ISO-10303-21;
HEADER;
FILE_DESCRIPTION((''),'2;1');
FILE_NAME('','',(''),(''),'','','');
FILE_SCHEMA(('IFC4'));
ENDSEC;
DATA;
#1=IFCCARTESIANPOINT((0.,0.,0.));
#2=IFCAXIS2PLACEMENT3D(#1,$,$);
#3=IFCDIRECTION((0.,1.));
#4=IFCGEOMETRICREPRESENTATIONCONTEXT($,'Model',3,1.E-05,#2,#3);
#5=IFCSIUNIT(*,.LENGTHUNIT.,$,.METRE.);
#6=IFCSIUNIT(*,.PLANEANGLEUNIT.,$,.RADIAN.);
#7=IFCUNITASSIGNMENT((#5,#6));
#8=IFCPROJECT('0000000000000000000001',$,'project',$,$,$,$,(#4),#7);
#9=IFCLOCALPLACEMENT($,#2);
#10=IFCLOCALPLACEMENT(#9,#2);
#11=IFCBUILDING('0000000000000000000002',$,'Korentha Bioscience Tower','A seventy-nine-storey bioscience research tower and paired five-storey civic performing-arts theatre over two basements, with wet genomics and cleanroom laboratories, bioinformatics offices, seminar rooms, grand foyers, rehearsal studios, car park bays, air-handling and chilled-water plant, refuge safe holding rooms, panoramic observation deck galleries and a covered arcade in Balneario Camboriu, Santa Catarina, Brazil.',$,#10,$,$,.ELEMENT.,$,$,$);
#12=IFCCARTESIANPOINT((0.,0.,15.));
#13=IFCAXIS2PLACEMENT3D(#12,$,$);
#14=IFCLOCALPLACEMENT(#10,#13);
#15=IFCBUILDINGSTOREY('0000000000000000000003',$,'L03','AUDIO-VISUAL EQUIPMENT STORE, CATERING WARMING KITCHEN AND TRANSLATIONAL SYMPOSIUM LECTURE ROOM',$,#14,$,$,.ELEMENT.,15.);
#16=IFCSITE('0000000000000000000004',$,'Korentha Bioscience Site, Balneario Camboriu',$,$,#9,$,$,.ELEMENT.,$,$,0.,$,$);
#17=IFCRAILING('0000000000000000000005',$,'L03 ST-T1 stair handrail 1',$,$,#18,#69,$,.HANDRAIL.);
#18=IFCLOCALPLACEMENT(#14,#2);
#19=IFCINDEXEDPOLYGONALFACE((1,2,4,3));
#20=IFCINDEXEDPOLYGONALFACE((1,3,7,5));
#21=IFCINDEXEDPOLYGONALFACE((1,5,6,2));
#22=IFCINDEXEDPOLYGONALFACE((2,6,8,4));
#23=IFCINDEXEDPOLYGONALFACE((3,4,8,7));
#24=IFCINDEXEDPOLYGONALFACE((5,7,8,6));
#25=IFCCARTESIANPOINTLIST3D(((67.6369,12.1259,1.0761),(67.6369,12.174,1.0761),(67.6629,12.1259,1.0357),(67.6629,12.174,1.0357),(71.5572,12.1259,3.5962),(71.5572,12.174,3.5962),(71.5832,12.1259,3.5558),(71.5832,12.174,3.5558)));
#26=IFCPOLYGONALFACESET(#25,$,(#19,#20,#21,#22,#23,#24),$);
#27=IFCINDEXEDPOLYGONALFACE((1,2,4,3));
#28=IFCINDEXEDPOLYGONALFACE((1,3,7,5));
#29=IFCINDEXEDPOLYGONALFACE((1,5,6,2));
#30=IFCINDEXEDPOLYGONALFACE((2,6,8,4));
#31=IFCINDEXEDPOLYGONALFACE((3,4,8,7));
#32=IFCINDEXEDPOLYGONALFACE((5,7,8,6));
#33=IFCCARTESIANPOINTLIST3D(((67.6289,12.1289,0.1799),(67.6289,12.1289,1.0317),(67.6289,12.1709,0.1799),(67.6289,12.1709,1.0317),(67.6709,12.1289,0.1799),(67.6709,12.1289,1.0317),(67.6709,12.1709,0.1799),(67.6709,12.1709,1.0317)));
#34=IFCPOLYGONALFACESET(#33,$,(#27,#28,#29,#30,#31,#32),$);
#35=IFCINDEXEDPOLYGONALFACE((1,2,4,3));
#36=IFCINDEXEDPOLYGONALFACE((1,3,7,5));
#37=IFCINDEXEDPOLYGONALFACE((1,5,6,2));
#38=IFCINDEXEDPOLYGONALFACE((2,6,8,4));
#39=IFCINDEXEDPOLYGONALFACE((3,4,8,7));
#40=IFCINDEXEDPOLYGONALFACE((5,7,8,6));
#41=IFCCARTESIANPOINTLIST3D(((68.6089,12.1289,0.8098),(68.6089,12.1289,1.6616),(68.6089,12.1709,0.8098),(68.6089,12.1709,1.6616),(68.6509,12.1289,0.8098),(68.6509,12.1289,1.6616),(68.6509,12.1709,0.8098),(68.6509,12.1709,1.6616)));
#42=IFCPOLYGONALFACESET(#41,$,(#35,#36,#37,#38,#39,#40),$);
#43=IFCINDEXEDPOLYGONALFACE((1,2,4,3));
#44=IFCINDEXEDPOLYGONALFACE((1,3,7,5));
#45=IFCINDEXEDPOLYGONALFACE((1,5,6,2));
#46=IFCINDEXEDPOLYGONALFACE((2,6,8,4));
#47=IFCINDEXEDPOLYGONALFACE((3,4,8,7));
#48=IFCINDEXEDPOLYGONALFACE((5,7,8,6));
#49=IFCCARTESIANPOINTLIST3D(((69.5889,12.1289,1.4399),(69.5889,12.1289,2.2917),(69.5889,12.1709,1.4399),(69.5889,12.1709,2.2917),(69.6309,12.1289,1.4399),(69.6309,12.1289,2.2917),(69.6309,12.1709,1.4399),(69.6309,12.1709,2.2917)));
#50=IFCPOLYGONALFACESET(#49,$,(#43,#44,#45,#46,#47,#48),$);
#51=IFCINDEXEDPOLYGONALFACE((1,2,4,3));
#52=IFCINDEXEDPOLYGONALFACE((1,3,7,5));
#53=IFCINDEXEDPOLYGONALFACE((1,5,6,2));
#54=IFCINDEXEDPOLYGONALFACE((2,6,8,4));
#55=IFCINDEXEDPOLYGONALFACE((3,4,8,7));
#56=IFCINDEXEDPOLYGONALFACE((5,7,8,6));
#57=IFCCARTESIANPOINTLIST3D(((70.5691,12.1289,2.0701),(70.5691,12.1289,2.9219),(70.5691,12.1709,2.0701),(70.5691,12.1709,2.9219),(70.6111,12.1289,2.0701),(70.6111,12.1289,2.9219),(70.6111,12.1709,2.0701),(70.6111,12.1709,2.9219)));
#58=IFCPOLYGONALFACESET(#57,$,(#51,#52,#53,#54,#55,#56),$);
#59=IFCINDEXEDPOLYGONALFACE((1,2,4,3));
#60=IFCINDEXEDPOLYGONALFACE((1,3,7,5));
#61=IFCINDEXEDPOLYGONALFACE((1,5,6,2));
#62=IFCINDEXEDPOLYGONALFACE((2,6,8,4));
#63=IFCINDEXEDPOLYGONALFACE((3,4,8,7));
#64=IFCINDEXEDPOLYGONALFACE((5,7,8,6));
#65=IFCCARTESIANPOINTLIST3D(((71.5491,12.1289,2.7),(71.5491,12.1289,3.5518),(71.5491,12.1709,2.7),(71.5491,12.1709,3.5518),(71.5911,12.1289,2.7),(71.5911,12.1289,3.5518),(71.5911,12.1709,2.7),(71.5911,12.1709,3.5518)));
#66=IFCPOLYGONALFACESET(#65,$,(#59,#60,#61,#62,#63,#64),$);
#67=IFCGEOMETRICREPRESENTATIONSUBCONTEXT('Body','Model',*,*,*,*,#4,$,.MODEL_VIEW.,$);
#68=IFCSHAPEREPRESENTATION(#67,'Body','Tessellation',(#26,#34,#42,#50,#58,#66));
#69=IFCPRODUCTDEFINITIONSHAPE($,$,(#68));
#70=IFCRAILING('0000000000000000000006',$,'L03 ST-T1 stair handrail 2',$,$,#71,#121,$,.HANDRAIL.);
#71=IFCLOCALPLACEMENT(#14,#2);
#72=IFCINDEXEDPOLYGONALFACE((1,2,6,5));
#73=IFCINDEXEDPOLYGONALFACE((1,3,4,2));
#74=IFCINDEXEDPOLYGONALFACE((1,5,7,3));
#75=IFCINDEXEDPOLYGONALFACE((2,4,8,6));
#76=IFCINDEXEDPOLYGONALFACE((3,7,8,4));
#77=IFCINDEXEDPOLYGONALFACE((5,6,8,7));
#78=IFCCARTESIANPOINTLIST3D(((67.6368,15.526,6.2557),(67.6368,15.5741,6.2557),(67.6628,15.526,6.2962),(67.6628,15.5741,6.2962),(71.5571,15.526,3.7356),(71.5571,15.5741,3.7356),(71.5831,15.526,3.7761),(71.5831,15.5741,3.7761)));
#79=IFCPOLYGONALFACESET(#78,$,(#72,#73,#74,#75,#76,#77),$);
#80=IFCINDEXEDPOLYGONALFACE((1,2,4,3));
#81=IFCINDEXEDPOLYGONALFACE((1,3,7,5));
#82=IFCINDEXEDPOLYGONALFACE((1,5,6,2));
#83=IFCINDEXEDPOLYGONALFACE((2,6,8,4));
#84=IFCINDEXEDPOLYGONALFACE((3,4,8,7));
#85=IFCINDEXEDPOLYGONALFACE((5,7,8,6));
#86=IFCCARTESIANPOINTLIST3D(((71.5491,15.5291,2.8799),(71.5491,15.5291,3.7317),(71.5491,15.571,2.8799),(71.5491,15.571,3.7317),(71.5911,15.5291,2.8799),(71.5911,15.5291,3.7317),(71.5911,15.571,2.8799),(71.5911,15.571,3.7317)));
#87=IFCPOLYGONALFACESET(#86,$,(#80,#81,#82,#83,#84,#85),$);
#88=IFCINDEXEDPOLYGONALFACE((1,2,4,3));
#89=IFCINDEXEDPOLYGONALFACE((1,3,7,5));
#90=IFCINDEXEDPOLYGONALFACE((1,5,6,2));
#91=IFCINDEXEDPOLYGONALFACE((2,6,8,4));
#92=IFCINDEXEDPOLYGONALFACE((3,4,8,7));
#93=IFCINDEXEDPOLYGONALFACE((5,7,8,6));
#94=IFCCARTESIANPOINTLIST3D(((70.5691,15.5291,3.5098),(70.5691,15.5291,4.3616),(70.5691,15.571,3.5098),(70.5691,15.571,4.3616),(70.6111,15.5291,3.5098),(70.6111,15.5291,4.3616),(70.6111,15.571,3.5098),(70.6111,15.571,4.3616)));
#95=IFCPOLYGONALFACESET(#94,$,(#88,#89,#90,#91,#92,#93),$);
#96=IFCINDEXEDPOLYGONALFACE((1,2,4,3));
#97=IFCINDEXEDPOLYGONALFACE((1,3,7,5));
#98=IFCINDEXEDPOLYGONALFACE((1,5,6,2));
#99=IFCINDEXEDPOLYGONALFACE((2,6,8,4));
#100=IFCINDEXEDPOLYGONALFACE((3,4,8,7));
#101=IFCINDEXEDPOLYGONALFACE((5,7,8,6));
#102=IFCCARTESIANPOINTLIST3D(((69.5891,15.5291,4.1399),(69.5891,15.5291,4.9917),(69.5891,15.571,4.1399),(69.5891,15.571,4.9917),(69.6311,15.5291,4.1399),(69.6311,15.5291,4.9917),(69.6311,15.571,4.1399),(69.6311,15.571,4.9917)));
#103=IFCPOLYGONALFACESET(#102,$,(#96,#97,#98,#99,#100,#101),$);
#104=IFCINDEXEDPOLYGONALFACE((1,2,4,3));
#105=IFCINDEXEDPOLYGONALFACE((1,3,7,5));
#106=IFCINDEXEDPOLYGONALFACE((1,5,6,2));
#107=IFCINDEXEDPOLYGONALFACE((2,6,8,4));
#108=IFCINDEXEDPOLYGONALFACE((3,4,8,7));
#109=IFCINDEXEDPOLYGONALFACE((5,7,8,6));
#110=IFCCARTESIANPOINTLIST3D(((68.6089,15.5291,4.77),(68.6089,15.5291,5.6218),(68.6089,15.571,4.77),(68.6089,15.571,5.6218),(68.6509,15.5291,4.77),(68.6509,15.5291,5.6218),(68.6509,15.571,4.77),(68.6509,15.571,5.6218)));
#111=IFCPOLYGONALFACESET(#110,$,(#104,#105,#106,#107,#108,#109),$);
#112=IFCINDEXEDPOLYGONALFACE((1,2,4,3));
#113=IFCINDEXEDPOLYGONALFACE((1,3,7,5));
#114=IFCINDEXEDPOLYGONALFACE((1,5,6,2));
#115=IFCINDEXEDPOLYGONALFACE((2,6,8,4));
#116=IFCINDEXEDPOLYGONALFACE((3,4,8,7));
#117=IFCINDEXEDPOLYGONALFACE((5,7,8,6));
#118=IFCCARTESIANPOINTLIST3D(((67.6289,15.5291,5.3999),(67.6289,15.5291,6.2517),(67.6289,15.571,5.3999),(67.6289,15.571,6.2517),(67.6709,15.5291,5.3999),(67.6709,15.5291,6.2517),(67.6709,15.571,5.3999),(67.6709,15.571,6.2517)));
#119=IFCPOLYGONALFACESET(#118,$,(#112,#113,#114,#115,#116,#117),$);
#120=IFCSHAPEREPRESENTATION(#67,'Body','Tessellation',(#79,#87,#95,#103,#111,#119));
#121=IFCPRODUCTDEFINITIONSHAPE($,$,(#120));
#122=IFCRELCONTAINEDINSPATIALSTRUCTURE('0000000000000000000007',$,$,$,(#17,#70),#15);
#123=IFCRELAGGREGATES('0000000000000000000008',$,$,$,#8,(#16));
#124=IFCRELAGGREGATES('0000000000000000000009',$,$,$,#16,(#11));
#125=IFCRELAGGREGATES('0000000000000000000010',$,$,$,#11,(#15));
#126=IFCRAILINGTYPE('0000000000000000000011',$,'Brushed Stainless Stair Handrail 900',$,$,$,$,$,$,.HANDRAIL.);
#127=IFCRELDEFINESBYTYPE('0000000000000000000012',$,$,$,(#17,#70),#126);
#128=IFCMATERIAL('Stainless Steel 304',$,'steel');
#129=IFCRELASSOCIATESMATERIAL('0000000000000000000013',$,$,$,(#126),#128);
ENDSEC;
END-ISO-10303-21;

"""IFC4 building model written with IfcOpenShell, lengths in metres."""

from ifc_helpers import new_model, si_unit, direction, frame, origin, origin_2d, place, context, subcontext, project, spatial, rectangle, extrude, material, type_object, element, save


model = new_model("IFC4")

# Units and contexts
model_context = context("Model", 3, precision=1e-05, world=origin(), true_north=direction((0.0, 1.0)))
body_context = subcontext(model_context, "Body", "Model", "MODEL_VIEW")
ifc_project = project(units=[si_unit("LENGTHUNIT", "METRE"), si_unit("PLANEANGLEUNIT", "RADIAN")], contexts=[model_context])

# Site, building, storey
site_placement = place(None, origin())
site = spatial("IfcSite", under=ifc_project, at=site_placement, Name="Korentha Bioscience Site, Balneario Camboriu", CompositionType="ELEMENT", RefElevation=0.0)
building_placement = place(site_placement, origin())
building = spatial("IfcBuilding", under=site, at=building_placement, Name="Korentha Bioscience Tower", Description="A seventy-nine-storey bioscience research tower and paired five-storey civic performing-arts theatre over two basements, with wet genomics and cleanroom laboratories, bioinformatics offices, seminar rooms, grand foyers, rehearsal studios, car park bays, air-handling and chilled-water plant, refuge safe holding rooms, panoramic observation deck galleries and a covered arcade in Balneario Camboriu, Santa Catarina, Brazil.", CompositionType="ELEMENT")
storey_placement = place(building_placement, frame((0.0, 0.0, 15.0)))
storey = spatial("IfcBuildingStorey", under=building, at=storey_placement, Name="L03", Description="AUDIO-VISUAL EQUIPMENT STORE, CATERING WARMING KITCHEN AND TRANSLATIONAL SYMPOSIUM LECTURE ROOM", CompositionType="ELEMENT", Elevation=15.0)

# Railings
ifc_material_1 = material(Name="Stainless Steel 304", Category="steel")
railing_type_1 = type_object("IfcRailingType", Name="Brushed Stainless Stair Handrail 900", PredefinedType="HANDRAIL", material=ifc_material_1)
railing_1_placement = place(storey_placement, frame((67.6499, 12.1499, 0.1799)))
element("IfcRailing", 1, at=railing_1_placement, inside=storey, type_object=railing_type_1, Name="L03 ST-T1 stair handrail 1", PredefinedType="HANDRAIL", context=body_context, shape_type="SweptSolid", body=[
    extrude(rectangle(XDim=0.0481, YDim=0.0481, at=origin_2d()), frame((0.0, 0.0, 0.876), z_axis=(0.841187, 0.0, 0.540744), x_axis=(0.0, 1.0, 0.0)), (0.0, 0.0, 1.0), 4.6604),
    extrude(rectangle(XDim=0.042, YDim=0.042, at=origin_2d()), origin(), (0.0, 0.0, 1.0), 0.8518),
    extrude(rectangle(XDim=0.042, YDim=0.042, at=origin_2d()), frame((0.98, 0.0, 0.6299)), (0.0, 0.0, 1.0), 0.8518),
    extrude(rectangle(XDim=0.042, YDim=0.042, at=origin_2d()), frame((1.96, 0.0, 1.26)), (0.0, 0.0, 1.0), 0.8518),
    extrude(rectangle(XDim=0.042, YDim=0.042, at=origin_2d()), frame((2.9402, 0.0, 1.8901)), (0.0, 0.0, 1.0), 0.8518),
    extrude(rectangle(XDim=0.042, YDim=0.042, at=origin_2d()), frame((3.9202, 0.0, 2.52)), (0.0, 0.0, 1.0), 0.8518),
])
railing_2_placement = place(storey_placement, frame((71.5701, 15.55, 2.8799)))
element("IfcRailing", 2, at=railing_2_placement, inside=storey, type_object=railing_type_1, Name="L03 ST-T1 stair handrail 2", PredefinedType="HANDRAIL", context=body_context, shape_type="SweptSolid", body=[
    extrude(rectangle(XDim=0.0481, YDim=0.0481, at=origin_2d()), frame((0.0, 0.0, 0.876), z_axis=(-0.841187, 0.0, 0.540744), x_axis=(0.0, -1.0, 0.0)), (0.0, 0.0, 1.0), 4.6604),
    extrude(rectangle(XDim=0.042, YDim=0.042, at=origin_2d()), origin(), (0.0, 0.0, 1.0), 0.8518),
    extrude(rectangle(XDim=0.042, YDim=0.042, at=origin_2d()), frame((-0.98, 0.0, 0.6299)), (0.0, 0.0, 1.0), 0.8518),
    extrude(rectangle(XDim=0.042, YDim=0.042, at=origin_2d()), frame((-1.96, 0.0, 1.26)), (0.0, 0.0, 1.0), 0.8518),
    extrude(rectangle(XDim=0.042, YDim=0.042, at=origin_2d()), frame((-2.9402, 0.0, 1.8901)), (0.0, 0.0, 1.0), 0.8518),
    extrude(rectangle(XDim=0.042, YDim=0.042, at=origin_2d()), frame((-3.9202, 0.0, 2.52)), (0.0, 0.0, 1.0), 0.8518),
])

save(model, "model.ifc")
